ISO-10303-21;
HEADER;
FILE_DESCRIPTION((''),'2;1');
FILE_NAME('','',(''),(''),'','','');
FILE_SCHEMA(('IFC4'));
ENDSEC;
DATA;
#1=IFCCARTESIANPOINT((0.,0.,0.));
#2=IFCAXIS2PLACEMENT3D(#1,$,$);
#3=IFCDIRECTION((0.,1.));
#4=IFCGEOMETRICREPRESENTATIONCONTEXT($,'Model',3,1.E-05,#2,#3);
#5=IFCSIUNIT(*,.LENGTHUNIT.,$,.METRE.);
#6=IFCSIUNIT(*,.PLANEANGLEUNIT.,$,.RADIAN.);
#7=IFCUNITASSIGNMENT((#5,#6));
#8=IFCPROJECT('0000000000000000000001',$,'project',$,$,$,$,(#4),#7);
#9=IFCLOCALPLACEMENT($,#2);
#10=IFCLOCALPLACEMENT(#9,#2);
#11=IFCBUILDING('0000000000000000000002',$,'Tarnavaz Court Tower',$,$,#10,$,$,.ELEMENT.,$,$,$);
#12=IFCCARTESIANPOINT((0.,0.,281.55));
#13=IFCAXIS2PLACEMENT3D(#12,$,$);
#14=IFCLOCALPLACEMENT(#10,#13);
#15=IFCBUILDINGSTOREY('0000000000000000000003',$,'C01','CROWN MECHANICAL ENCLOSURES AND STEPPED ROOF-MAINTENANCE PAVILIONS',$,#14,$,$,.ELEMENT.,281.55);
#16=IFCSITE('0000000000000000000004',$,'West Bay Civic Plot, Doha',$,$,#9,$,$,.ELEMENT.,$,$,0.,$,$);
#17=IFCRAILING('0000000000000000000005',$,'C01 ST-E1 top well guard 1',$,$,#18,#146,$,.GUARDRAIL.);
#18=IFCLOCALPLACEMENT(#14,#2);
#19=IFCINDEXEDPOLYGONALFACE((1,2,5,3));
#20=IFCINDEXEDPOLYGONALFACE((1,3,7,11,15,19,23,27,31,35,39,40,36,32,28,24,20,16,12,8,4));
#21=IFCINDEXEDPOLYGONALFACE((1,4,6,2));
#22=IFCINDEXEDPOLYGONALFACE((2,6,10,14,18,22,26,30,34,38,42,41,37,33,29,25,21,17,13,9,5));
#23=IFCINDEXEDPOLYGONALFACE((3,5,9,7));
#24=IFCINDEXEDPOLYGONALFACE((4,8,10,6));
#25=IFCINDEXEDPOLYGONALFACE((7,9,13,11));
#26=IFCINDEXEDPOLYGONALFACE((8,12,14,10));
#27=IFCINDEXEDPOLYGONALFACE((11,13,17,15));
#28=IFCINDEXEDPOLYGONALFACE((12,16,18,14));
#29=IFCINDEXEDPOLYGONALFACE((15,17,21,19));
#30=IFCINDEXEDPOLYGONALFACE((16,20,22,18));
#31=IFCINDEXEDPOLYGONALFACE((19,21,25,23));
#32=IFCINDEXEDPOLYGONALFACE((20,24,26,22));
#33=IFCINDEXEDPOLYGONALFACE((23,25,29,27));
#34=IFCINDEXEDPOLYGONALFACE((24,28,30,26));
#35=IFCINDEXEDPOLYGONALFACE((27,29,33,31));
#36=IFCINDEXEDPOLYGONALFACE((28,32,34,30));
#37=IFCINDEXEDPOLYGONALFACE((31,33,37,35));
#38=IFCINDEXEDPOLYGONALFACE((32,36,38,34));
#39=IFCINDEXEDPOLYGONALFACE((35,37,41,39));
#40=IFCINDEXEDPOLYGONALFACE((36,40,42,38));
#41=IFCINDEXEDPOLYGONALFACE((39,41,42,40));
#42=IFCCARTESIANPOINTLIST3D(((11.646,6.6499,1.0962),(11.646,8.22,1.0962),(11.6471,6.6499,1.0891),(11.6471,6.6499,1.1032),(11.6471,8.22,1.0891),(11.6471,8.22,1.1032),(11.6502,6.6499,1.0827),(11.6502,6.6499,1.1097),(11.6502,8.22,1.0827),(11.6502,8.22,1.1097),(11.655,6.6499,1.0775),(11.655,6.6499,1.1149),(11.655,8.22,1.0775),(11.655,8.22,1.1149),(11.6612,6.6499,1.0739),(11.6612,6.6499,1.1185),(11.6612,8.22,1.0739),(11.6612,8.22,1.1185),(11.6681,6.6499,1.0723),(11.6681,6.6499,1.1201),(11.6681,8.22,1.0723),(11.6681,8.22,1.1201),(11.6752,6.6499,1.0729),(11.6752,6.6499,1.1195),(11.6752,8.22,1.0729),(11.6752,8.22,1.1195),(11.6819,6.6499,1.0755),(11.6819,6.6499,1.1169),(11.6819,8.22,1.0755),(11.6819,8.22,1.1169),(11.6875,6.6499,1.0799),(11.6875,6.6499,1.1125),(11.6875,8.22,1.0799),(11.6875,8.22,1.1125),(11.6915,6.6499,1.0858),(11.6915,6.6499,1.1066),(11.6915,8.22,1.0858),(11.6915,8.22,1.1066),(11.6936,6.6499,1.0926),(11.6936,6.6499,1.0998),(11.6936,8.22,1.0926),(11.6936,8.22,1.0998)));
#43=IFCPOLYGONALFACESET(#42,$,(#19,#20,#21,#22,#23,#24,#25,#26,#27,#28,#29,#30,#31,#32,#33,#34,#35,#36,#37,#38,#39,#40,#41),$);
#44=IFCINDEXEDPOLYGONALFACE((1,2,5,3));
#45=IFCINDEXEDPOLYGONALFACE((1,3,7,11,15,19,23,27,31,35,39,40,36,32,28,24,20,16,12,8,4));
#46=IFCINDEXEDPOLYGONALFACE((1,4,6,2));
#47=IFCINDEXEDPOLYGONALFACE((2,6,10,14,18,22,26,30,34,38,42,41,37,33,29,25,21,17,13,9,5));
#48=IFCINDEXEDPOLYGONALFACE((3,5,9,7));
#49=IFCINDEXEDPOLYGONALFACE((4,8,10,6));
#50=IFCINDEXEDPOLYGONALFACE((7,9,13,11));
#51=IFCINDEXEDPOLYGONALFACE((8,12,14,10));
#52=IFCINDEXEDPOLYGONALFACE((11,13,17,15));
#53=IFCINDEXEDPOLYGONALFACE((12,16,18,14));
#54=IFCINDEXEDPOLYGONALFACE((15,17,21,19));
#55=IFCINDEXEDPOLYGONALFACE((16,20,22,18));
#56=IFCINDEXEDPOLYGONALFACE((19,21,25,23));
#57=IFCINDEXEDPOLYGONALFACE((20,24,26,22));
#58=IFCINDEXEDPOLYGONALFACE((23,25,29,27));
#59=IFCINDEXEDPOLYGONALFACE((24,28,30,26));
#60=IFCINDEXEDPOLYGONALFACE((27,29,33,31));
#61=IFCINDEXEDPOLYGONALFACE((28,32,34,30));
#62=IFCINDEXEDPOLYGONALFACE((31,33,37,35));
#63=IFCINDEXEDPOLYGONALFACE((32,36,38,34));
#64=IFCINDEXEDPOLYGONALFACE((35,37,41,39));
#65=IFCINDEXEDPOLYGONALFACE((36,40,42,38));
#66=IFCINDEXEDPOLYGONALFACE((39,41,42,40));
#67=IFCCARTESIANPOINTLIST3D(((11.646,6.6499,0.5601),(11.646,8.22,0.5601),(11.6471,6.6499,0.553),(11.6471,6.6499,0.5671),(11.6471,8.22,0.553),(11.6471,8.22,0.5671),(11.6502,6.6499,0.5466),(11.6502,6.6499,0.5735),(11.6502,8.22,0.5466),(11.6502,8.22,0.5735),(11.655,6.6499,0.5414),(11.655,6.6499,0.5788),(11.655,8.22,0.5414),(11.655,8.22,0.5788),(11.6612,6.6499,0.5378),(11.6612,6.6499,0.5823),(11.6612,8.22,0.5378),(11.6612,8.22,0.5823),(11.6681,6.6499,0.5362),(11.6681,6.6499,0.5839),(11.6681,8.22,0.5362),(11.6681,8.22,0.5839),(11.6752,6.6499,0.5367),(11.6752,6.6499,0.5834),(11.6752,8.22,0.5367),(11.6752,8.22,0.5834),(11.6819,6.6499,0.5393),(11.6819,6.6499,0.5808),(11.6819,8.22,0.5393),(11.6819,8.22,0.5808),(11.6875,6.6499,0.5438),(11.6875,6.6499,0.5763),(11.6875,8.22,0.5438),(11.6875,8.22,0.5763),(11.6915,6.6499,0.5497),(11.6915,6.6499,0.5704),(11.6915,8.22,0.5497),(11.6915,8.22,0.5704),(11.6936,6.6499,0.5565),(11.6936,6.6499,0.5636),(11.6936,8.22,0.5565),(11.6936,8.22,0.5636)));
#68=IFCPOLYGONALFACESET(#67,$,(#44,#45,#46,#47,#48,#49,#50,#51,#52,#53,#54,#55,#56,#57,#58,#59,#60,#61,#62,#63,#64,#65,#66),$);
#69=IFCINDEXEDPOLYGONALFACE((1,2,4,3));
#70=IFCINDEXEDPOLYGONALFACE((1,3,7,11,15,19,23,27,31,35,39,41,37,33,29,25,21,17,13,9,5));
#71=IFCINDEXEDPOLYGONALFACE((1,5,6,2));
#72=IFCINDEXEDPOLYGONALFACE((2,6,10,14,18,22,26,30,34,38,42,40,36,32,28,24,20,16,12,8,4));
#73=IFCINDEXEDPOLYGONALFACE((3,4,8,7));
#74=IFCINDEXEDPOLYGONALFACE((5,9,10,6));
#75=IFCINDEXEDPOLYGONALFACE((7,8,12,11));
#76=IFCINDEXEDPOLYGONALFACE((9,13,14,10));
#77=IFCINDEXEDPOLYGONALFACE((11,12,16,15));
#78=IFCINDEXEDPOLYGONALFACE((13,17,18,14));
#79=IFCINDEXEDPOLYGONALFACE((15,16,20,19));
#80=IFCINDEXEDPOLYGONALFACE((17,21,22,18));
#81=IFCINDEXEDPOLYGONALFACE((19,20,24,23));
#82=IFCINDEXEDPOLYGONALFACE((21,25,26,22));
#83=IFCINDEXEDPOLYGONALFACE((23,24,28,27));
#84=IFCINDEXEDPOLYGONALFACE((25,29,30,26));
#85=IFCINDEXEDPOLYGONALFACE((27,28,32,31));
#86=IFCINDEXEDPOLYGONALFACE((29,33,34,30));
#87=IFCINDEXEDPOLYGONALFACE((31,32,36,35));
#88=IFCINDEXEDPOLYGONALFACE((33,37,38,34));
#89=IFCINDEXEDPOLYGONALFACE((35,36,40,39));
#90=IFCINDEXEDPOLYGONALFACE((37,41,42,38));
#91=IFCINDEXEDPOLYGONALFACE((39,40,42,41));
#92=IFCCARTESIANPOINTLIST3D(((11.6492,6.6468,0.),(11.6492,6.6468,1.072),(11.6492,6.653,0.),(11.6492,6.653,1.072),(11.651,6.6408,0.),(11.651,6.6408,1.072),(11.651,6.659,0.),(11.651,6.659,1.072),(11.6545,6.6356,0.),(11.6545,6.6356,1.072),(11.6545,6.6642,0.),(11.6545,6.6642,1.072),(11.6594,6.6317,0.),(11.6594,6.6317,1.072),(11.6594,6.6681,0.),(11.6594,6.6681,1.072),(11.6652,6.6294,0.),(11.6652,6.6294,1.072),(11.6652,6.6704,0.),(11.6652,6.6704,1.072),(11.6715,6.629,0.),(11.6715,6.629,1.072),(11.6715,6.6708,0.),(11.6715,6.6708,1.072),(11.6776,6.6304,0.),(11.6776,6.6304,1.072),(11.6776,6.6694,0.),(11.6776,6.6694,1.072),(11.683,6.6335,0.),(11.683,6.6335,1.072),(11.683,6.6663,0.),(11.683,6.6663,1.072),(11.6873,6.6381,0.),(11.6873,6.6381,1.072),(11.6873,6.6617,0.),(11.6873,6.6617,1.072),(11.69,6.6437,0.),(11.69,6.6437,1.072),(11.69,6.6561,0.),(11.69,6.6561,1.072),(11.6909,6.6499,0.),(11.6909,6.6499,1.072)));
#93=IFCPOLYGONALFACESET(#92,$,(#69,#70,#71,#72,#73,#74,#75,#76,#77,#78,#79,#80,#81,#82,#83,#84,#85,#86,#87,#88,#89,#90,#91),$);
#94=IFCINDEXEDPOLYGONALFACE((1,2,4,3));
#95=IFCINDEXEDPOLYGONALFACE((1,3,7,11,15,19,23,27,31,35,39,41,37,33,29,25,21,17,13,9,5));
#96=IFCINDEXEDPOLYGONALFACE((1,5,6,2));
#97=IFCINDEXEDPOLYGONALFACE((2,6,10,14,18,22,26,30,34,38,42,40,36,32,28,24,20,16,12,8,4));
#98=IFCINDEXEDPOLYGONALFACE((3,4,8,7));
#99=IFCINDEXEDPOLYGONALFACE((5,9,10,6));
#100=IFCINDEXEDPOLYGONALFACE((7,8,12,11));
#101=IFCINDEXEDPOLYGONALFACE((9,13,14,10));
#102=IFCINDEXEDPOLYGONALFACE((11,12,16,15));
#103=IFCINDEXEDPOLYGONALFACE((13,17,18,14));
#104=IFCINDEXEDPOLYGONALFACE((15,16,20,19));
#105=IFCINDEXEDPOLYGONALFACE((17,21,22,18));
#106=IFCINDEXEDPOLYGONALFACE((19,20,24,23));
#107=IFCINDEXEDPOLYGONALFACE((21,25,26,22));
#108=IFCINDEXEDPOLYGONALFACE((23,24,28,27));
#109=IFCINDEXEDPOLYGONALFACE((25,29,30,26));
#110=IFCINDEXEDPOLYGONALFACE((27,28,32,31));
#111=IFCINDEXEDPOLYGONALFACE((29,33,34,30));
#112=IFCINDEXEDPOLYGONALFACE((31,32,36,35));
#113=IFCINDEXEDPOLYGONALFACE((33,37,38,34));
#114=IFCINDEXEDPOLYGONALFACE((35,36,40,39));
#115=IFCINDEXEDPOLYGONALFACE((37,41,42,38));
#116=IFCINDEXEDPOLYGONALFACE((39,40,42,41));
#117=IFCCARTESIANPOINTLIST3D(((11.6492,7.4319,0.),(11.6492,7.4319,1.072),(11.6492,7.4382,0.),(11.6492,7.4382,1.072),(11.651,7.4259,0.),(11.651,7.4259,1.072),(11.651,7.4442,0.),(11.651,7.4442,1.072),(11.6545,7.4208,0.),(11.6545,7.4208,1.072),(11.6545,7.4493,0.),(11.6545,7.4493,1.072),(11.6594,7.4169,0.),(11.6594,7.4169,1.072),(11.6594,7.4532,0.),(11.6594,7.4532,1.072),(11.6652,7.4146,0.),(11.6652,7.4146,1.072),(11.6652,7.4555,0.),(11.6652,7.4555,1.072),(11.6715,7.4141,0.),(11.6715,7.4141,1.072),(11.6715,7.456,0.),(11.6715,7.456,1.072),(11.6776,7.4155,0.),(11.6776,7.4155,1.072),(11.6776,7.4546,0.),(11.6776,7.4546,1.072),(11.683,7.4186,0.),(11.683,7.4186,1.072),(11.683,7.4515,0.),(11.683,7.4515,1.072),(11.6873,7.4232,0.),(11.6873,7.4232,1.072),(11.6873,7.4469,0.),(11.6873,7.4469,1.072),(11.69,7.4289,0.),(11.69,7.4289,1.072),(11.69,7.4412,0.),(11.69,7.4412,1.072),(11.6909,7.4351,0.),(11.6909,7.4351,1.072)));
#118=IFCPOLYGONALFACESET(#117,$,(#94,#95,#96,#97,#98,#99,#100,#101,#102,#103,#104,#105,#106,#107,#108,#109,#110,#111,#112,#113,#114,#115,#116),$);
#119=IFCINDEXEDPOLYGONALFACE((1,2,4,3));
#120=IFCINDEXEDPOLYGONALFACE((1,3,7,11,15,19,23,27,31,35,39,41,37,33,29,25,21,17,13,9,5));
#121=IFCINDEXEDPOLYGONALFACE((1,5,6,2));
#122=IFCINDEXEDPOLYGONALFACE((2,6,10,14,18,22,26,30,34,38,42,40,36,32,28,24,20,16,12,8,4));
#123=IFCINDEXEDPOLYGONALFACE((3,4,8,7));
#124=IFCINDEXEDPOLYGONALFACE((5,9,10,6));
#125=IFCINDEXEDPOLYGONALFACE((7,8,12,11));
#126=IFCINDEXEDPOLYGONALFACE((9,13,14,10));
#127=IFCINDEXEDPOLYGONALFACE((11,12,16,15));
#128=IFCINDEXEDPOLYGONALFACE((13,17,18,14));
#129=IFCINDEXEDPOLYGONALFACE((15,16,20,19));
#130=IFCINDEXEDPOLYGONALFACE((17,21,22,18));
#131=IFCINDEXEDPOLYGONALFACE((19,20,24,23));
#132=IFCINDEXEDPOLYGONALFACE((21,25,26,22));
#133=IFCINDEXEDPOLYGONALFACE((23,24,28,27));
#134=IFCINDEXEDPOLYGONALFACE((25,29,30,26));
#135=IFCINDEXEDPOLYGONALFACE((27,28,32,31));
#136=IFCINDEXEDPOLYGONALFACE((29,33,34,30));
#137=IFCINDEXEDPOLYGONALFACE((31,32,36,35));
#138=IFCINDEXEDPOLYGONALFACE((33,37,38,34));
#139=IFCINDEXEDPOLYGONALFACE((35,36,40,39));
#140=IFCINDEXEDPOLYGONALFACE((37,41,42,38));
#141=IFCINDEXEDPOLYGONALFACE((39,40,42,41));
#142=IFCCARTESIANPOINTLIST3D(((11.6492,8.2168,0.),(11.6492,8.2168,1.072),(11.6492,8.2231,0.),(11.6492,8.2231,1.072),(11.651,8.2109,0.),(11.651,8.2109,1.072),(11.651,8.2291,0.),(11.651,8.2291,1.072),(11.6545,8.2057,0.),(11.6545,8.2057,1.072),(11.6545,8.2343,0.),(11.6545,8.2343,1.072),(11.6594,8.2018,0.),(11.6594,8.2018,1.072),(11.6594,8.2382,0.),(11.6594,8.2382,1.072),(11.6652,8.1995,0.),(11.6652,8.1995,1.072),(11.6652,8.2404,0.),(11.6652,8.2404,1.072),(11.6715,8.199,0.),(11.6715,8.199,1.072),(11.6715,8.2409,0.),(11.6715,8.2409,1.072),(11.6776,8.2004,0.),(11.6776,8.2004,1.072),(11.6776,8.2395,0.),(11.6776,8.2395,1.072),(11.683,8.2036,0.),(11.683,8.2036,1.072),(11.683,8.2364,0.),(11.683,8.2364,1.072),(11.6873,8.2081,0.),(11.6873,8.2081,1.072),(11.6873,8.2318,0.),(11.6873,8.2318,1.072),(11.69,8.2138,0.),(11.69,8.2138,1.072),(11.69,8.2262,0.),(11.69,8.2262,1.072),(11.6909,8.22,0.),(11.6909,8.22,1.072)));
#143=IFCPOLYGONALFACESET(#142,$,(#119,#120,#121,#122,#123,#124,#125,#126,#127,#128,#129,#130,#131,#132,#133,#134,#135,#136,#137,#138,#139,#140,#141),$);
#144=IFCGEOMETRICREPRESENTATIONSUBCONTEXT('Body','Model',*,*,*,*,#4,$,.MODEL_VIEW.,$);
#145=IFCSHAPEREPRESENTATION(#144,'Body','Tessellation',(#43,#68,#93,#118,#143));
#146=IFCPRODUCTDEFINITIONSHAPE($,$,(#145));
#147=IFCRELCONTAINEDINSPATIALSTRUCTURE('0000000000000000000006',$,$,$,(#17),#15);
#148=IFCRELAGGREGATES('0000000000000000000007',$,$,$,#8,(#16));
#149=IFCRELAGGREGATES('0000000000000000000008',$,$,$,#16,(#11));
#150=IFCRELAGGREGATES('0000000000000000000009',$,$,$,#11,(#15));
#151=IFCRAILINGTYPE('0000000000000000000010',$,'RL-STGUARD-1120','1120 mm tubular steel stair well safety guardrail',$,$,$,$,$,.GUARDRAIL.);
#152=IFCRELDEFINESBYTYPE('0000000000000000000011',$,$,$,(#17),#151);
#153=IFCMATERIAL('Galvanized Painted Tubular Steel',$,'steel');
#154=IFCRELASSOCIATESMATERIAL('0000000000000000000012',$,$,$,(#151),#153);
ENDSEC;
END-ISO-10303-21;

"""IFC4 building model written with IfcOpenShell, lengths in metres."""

from ifc_helpers import new_model, si_unit, direction, frame, origin, origin_2d, place, context, subcontext, project, spatial, circle, extrude, material, type_object, element, save


model = new_model("IFC4")

# Units and contexts
model_context = context("Model", 3, precision=1e-05, world=origin(), true_north=direction((0.0, 1.0)))
body_context = subcontext(model_context, "Body", "Model", "MODEL_VIEW")
ifc_project = project(units=[si_unit("LENGTHUNIT", "METRE"), si_unit("PLANEANGLEUNIT", "RADIAN")], contexts=[model_context])

# Site, building, storey
site_placement = place(None, origin())
site = spatial("IfcSite", under=ifc_project, at=site_placement, Name="West Bay Civic Plot, Doha", CompositionType="ELEMENT", RefElevation=0.0)
building_placement = place(site_placement, origin())
building = spatial("IfcBuilding", under=site, at=building_placement, Name="Tarnavaz Court Tower", CompositionType="ELEMENT")
storey_placement = place(building_placement, frame((0.0, 0.0, 281.55)))
storey = spatial("IfcBuildingStorey", under=building, at=storey_placement, Name="C01", Description="CROWN MECHANICAL ENCLOSURES AND STEPPED ROOF-MAINTENANCE PAVILIONS", CompositionType="ELEMENT", Elevation=281.55)

# Railing
ifc_material_1 = material(Name="Galvanized Painted Tubular Steel", Category="steel")
railing_type = type_object("IfcRailingType", Name="RL-STGUARD-1120", Description="1120 mm tubular steel stair well safety guardrail", PredefinedType="GUARDRAIL", material=ifc_material_1)
railing_placement = place(storey_placement, frame((11.6699, 6.6499, 0.0)))
element("IfcRailing", 1, at=railing_placement, inside=storey, type_object=railing_type, Name="C01 ST-E1 top well guard 1", PredefinedType="GUARDRAIL", context=body_context, shape_type="SweptSolid", body=[
    extrude(circle(Radius=0.0239, at=origin_2d()), frame((0.0, 0.0, 1.0962), z_axis=(0.0, 1.0, 0.0), x_axis=(-1.0, 0.0, 0.0)), (0.0, 0.0, 1.0), 1.5701),
    extrude(circle(Radius=0.0239, at=origin_2d()), frame((0.0, 0.0, 0.5601), z_axis=(0.0, 1.0, 0.0), x_axis=(-1.0, 0.0, 0.0)), (0.0, 0.0, 1.0), 1.5701),
    extrude(circle(Radius=0.021, at=origin_2d()), origin(), (0.0, 0.0, 1.0), 1.072),
    extrude(circle(Radius=0.021, at=origin_2d()), frame((0.0, 0.7852, 0.0)), (0.0, 0.0, 1.0), 1.072),
    extrude(circle(Radius=0.021, at=origin_2d()), frame((0.0, 1.5701, 0.0)), (0.0, 0.0, 1.0), 1.072),
])

save(model, "model.ifc")
